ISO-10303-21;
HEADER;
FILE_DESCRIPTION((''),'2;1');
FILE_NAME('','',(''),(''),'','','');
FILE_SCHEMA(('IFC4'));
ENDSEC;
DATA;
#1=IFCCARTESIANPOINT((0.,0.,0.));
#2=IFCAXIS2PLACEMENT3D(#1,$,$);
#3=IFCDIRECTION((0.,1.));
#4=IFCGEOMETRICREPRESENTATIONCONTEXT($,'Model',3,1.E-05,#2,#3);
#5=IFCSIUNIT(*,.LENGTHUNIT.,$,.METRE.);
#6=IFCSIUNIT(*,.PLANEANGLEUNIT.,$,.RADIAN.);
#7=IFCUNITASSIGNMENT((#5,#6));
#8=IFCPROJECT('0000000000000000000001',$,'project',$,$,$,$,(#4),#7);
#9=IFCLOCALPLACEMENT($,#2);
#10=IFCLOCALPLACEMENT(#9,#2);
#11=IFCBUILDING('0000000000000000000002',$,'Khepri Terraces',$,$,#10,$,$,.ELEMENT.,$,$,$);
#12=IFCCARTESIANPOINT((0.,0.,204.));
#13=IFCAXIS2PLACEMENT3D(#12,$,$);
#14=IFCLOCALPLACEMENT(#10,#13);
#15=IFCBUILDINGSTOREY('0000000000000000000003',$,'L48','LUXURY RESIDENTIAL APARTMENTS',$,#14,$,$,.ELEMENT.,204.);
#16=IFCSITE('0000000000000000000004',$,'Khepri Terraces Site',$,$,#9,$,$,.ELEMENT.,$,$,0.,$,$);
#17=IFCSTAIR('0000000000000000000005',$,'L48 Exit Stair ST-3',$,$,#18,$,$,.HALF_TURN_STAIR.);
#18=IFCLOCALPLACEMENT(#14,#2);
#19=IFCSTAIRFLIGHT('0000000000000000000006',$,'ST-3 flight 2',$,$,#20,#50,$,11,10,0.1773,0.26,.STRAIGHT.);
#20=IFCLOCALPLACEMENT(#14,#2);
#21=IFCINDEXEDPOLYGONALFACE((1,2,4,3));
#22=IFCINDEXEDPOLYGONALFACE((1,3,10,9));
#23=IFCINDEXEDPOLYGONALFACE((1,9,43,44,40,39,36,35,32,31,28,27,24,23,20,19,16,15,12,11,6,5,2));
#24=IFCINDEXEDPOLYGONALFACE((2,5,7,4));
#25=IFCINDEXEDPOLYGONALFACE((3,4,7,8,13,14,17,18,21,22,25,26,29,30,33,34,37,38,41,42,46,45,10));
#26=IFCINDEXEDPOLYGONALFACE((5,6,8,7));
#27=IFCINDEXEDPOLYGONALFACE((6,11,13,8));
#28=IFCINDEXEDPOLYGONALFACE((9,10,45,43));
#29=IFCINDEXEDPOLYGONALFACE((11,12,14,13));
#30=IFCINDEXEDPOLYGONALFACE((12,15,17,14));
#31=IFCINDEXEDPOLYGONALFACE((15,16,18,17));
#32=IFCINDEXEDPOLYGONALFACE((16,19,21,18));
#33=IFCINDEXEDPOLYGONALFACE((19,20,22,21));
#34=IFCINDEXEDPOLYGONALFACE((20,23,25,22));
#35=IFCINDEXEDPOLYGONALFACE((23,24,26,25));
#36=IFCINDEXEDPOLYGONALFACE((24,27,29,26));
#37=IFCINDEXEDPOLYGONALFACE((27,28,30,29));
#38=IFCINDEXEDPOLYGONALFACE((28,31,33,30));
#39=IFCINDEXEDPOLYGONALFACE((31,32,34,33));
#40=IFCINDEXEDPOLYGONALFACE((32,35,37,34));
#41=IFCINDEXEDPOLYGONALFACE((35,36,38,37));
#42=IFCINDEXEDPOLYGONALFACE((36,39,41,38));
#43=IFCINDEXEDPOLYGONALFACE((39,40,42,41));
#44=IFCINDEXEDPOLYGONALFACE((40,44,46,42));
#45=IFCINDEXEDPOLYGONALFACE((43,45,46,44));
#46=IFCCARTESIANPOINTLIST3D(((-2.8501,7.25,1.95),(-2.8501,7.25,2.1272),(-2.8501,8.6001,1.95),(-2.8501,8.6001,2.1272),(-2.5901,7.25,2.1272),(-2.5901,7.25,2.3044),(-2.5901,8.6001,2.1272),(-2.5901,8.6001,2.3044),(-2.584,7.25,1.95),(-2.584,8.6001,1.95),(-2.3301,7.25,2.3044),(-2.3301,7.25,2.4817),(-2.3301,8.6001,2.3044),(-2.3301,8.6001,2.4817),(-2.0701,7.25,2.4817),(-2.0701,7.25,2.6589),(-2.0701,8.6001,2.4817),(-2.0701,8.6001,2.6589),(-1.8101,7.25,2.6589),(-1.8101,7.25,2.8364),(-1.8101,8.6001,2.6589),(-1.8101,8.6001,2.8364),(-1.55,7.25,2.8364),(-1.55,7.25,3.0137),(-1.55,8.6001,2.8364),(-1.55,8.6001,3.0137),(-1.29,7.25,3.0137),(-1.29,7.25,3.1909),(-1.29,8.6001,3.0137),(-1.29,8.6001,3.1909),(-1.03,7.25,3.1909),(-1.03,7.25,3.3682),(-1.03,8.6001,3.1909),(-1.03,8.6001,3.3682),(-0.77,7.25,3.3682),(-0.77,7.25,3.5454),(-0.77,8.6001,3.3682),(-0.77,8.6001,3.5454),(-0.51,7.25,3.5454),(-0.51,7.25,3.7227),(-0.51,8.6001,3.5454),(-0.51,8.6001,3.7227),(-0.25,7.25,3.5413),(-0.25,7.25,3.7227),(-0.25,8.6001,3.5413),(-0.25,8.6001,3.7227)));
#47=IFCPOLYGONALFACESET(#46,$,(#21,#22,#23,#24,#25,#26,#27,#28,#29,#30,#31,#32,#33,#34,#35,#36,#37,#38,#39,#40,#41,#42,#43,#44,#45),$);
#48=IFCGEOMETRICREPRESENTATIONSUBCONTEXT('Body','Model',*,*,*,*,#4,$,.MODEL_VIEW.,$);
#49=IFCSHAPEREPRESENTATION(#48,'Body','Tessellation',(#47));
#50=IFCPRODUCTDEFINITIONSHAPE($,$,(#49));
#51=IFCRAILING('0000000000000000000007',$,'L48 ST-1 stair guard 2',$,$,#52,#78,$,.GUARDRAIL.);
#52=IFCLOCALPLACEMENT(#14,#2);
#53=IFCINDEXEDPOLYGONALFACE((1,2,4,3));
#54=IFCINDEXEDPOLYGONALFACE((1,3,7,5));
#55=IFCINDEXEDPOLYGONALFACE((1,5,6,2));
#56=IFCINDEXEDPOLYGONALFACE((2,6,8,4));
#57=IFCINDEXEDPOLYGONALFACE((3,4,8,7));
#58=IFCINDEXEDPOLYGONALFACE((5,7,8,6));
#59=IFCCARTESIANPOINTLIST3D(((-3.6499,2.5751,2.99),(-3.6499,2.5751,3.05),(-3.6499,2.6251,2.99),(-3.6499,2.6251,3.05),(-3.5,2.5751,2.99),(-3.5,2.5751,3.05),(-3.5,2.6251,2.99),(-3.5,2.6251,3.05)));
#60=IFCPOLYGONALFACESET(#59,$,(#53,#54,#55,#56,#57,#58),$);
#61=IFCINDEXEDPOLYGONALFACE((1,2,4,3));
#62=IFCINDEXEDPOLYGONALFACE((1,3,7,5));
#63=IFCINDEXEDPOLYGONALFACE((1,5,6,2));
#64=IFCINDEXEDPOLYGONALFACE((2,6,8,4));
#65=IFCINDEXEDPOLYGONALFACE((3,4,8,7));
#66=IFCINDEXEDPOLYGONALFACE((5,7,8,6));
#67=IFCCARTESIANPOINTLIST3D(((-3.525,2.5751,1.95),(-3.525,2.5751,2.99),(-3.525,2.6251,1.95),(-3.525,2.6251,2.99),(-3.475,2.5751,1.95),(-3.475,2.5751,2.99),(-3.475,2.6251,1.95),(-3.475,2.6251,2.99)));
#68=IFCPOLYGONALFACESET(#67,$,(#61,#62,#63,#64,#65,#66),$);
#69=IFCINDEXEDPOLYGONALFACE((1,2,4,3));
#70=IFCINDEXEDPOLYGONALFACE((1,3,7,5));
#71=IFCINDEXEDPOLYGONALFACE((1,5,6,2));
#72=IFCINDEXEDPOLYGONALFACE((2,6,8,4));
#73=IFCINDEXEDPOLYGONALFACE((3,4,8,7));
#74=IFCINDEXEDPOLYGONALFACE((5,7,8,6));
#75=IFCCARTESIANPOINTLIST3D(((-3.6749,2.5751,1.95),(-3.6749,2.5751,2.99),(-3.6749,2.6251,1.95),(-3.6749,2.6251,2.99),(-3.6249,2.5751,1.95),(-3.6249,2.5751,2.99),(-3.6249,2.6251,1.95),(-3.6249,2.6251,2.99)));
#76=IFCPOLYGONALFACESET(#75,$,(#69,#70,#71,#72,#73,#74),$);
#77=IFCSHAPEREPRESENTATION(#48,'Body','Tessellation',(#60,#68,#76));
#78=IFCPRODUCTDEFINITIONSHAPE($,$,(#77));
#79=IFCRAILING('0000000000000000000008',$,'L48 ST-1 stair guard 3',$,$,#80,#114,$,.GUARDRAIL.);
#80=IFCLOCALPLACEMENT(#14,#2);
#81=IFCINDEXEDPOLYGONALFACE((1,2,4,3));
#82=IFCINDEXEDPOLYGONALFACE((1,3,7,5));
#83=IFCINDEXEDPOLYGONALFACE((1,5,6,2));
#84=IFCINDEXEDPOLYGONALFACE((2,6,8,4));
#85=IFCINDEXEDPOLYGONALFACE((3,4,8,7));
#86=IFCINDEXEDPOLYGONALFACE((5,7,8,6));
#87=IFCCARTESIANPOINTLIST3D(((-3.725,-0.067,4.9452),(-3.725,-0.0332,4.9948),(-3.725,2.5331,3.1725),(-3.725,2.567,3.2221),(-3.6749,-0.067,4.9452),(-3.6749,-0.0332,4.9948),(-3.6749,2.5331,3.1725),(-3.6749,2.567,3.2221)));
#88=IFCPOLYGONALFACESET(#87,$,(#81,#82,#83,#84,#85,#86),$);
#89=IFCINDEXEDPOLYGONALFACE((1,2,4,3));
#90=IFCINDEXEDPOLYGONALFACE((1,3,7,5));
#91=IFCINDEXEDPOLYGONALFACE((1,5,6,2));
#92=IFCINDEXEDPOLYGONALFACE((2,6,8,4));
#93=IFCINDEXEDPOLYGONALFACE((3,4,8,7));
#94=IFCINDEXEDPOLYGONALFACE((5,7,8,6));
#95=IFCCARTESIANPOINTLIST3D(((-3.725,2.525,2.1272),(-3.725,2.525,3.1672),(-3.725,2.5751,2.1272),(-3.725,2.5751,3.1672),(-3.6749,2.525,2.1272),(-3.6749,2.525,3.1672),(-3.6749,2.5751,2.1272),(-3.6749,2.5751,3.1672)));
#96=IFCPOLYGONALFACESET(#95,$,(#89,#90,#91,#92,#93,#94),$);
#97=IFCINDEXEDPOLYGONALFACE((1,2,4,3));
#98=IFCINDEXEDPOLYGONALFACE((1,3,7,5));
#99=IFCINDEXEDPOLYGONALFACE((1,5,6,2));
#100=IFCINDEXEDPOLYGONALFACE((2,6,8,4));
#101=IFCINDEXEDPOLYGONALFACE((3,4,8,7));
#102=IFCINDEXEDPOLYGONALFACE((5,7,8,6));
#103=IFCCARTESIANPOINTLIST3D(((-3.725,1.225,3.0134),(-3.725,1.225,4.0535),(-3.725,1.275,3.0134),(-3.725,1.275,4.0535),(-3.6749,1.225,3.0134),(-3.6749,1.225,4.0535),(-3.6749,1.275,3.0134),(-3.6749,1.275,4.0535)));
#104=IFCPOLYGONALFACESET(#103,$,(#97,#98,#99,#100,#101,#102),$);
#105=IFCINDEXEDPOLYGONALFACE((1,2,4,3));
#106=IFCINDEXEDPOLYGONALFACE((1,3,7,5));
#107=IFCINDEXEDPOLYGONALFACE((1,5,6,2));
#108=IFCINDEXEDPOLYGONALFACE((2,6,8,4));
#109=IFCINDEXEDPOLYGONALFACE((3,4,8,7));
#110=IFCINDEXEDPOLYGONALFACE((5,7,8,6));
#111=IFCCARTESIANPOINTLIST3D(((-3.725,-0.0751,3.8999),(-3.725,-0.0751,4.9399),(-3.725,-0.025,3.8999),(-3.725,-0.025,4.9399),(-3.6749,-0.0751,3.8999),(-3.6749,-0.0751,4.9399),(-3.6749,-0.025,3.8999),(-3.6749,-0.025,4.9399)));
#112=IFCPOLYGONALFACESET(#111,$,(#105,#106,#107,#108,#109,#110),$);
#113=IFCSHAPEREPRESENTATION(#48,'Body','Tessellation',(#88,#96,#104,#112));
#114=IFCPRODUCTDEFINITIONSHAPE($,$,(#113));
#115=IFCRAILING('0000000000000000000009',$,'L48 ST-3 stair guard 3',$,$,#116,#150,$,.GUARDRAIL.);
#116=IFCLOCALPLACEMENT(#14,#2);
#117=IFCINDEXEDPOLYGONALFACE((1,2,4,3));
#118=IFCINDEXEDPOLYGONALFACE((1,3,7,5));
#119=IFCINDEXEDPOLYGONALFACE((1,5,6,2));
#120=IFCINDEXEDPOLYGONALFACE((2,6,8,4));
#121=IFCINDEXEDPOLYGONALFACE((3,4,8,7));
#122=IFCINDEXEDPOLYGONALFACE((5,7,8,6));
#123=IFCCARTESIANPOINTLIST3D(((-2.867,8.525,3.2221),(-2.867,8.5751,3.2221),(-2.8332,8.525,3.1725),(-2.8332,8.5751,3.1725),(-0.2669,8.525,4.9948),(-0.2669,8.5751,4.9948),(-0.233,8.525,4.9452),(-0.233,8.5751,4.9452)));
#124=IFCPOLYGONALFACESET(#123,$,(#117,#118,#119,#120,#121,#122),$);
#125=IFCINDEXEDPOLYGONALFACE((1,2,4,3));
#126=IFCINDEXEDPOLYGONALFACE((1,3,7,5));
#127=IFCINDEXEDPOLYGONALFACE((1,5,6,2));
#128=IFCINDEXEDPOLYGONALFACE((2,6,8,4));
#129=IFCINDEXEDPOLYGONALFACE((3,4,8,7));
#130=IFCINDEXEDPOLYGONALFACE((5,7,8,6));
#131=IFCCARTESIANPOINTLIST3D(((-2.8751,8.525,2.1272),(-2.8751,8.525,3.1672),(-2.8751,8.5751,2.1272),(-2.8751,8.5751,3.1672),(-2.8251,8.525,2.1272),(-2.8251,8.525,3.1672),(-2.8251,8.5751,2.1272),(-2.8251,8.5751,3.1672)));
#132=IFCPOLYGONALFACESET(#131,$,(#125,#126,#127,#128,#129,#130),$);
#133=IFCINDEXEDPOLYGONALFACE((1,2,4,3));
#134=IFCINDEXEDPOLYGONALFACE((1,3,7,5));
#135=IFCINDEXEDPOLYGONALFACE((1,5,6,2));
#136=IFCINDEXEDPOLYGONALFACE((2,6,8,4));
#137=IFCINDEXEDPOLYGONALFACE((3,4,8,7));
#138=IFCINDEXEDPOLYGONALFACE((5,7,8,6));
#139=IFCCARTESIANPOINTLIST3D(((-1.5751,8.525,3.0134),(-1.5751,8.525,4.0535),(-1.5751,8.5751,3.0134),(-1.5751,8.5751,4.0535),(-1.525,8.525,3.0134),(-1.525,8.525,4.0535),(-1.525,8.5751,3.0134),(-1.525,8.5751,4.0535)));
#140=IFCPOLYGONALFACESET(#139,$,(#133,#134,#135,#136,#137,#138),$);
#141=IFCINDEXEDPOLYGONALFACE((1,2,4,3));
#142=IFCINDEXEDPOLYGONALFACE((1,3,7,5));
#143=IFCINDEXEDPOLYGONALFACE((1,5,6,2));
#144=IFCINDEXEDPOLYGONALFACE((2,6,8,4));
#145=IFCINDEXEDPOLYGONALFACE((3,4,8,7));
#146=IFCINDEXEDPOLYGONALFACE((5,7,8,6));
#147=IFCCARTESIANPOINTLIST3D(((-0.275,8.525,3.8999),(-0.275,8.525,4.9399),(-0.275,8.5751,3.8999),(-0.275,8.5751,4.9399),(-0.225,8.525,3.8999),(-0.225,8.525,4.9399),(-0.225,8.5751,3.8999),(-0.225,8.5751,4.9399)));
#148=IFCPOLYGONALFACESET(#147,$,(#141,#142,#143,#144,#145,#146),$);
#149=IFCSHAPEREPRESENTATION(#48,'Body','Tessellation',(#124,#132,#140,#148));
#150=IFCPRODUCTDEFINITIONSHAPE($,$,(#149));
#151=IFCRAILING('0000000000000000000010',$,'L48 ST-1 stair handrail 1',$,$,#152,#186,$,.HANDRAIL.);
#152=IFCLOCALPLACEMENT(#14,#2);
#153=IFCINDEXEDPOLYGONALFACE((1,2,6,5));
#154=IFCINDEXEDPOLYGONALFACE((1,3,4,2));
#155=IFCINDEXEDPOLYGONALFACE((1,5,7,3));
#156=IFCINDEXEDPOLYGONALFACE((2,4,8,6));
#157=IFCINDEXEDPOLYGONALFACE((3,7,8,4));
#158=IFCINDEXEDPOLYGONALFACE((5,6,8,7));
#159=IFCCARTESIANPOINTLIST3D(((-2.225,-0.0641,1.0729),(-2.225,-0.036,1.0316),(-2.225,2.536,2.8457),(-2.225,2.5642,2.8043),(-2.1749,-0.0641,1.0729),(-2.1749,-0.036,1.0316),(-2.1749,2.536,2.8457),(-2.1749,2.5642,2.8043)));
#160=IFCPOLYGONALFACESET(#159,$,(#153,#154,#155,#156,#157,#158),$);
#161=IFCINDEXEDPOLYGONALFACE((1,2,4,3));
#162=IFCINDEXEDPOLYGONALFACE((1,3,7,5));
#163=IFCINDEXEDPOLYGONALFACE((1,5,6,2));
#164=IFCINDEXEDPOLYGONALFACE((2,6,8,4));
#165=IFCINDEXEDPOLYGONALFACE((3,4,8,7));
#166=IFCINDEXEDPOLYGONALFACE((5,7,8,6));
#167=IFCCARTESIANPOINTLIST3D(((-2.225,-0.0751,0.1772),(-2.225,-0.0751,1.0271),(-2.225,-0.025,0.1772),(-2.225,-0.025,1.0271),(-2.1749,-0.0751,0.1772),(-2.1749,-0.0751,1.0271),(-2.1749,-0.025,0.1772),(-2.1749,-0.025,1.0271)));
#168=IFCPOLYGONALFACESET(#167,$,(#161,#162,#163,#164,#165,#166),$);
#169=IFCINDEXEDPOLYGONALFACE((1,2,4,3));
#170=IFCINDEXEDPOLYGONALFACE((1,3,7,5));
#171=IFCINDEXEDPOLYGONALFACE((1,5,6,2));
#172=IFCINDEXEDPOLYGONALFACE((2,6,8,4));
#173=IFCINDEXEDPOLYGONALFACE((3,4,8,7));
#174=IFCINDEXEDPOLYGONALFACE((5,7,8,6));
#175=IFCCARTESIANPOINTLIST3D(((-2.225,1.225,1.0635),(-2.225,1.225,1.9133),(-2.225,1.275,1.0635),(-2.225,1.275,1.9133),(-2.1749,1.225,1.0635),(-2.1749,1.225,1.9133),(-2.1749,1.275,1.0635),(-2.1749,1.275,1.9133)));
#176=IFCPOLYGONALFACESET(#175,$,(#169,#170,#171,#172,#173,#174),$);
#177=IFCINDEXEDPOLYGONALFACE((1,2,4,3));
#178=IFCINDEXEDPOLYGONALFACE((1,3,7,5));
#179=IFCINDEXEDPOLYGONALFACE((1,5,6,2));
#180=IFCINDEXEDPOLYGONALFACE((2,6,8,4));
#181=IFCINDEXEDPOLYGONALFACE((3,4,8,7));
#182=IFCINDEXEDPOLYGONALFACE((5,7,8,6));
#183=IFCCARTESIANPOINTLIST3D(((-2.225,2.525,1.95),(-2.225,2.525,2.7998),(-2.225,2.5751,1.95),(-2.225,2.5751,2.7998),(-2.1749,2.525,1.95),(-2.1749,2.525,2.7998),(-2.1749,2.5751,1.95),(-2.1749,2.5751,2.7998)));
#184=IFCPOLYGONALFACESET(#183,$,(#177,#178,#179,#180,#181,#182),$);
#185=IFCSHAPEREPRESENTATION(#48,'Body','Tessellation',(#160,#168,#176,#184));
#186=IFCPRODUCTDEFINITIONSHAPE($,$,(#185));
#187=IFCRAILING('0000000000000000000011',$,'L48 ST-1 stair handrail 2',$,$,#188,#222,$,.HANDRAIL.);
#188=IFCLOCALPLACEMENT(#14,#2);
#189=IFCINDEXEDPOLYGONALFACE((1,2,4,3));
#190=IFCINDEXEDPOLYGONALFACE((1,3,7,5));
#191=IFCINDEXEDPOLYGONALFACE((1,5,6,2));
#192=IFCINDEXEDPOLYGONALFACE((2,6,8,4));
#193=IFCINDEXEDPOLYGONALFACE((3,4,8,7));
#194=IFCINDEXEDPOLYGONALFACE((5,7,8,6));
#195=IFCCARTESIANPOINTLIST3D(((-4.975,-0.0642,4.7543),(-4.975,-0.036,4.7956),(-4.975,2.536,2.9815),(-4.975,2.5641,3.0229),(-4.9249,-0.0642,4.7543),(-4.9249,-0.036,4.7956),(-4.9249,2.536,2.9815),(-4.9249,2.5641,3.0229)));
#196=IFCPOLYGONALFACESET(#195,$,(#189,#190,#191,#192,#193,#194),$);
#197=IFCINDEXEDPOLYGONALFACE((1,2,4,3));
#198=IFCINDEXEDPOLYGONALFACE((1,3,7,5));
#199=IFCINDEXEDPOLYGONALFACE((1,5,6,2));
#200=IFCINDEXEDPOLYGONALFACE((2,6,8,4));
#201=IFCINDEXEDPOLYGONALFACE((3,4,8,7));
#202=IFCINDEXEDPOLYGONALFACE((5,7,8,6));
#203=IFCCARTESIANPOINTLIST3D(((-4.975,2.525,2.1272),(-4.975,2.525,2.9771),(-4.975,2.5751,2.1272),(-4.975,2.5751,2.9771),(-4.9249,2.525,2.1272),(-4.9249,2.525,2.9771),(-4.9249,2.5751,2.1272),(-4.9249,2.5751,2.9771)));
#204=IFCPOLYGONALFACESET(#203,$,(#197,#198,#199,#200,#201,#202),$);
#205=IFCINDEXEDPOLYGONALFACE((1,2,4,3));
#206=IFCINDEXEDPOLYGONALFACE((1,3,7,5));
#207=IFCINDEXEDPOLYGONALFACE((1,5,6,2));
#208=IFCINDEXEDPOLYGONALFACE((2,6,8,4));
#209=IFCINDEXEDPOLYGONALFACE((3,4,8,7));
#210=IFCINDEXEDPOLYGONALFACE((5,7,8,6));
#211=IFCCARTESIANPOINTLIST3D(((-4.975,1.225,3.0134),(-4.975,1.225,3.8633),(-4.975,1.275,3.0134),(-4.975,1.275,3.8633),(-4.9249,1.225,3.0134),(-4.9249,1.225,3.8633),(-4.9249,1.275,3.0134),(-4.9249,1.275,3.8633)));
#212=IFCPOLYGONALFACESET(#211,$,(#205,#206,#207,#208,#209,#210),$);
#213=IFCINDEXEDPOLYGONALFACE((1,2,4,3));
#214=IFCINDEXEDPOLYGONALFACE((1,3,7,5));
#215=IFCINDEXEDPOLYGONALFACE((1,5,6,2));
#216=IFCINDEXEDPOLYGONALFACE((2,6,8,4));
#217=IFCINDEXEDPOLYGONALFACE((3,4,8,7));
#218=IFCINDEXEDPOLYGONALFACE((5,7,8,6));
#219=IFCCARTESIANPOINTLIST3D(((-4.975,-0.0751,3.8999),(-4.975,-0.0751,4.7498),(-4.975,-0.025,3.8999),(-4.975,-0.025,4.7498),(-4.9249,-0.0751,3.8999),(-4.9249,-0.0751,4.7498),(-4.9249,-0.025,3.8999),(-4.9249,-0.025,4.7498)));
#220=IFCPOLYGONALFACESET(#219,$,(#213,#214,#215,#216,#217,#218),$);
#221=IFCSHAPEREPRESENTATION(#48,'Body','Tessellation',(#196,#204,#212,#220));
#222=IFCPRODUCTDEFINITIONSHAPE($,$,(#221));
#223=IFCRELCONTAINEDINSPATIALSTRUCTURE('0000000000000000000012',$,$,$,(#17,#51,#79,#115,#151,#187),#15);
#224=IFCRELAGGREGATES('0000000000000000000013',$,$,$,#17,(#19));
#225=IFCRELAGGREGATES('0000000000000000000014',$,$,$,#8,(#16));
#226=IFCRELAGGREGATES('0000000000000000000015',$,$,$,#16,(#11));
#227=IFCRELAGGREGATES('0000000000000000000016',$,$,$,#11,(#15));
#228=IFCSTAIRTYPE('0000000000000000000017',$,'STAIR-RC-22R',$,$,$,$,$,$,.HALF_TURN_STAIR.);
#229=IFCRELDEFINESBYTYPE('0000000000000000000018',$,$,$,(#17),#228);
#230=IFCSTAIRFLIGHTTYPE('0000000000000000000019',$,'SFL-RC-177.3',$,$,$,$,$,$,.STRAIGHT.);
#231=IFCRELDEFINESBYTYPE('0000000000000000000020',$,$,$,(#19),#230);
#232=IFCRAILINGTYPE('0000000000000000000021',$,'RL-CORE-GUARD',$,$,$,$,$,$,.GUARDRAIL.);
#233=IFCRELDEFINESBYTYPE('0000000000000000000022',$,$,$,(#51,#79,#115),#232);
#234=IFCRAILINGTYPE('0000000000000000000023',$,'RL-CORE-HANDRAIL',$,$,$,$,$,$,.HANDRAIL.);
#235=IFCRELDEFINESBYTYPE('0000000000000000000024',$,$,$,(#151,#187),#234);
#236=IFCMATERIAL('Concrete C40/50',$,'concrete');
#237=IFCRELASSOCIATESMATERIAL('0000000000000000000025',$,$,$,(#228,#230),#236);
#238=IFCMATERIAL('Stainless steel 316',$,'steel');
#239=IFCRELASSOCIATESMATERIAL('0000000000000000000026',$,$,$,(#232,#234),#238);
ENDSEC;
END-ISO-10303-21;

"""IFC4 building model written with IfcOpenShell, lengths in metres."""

from ifc_helpers import new_model, si_unit, direction, frame, origin, origin_2d, place, context, subcontext, project, spatial, polyline, rectangle, outline, extrude, material, type_object, element, aggregate, save


model = new_model("IFC4")

# Units and contexts
model_context = context("Model", 3, precision=1e-05, world=origin(), true_north=direction((0.0, 1.0)))
body_context = subcontext(model_context, "Body", "Model", "MODEL_VIEW")
ifc_project = project(units=[si_unit("LENGTHUNIT", "METRE"), si_unit("PLANEANGLEUNIT", "RADIAN")], contexts=[model_context])

# Site, building, storey
site_placement = place(None, origin())
site = spatial("IfcSite", under=ifc_project, at=site_placement, Name="Khepri Terraces Site", CompositionType="ELEMENT", RefElevation=0.0)
building_placement = place(site_placement, origin())
building = spatial("IfcBuilding", under=site, at=building_placement, Name="Khepri Terraces", CompositionType="ELEMENT")
storey_placement = place(building_placement, frame((0.0, 0.0, 204.0)))
storey = spatial("IfcBuildingStorey", under=building, at=storey_placement, Name="L48", Description="LUXURY RESIDENTIAL APARTMENTS", CompositionType="ELEMENT", Elevation=204.0)

# Stair, stair flight
ifc_material_1 = material(Name="Concrete C40/50", Category="concrete")
stair_type = type_object("IfcStairType", Name="STAIR-RC-22R", PredefinedType="HALF_TURN_STAIR", material=ifc_material_1)
stair_flight_type = type_object("IfcStairFlightType", Name="SFL-RC-177.3", PredefinedType="STRAIGHT", material=ifc_material_1)
stair_1_placement = place(storey_placement, origin())
stair_1 = element("IfcStair", 1, at=stair_1_placement, inside=storey, type_object=stair_type, Name="L48 Exit Stair ST-3", PredefinedType="HALF_TURN_STAIR")
stair_flight_1_placement = place(storey_placement, frame((-2.8501, 7.925, 1.95), z_axis=(0.0, 0.0, 1.0), x_axis=(1.0, 0.0, 0.0)))
stair_flight_1 = element("IfcStairFlight", 2, at=stair_flight_1_placement, type_object=stair_flight_type, Name="ST-3 flight 2", NumberOfRisers=11, NumberOfTreads=10, PredefinedType="STRAIGHT", RiserHeight=0.1773, TreadLength=0.26, context=body_context, shape_type="SweptSolid", body=[
    extrude(outline(polyline([(0.0, 0.0), (0.0, 0.1772), (0.26, 0.1772), (0.26, 0.3545), (0.52, 0.3545), (0.52, 0.5317), (0.78, 0.5317), (0.78, 0.709), (1.04, 0.709), (1.04, 0.8865), (1.3, 0.8865), (1.3, 1.0637), (1.5601, 1.0637), (1.5601, 1.241), (1.8201, 1.241), (1.8201, 1.4182), (2.0801, 1.4182), (2.0801, 1.5955), (2.3401, 1.5955), (2.3401, 1.7727), (2.6001, 1.7727), (2.6001, 1.95), (2.6001, 1.5913), (0.2661, 0.0), (0.0, 0.0)])), frame((0.0, 0.675, 0.0), z_axis=(0.0, -1.0, 0.0), x_axis=(1.0, 0.0, 0.0)), (0.0, 0.0, 1.0), 1.3501),
])
aggregate(stair_1, [stair_flight_1])

# Railings
ifc_material_2 = material(Name="Stainless steel 316", Category="steel")
railing_type_1 = type_object("IfcRailingType", Name="RL-CORE-GUARD", PredefinedType="GUARDRAIL", material=ifc_material_2)
railing_1_placement = place(storey_placement, frame((-3.5, 2.6001, 1.95)))
element("IfcRailing", 3, at=railing_1_placement, inside=storey, type_object=railing_type_1, Name="L48 ST-1 stair guard 2", PredefinedType="GUARDRAIL", context=body_context, shape_type="SweptSolid", body=[
    extrude(rectangle(XDim=0.05, YDim=0.0601, at=origin_2d()), frame((0.0, 0.0, 1.0701), z_axis=(-1.0, 0.0, 0.0), x_axis=(0.0, -1.0, 0.0)), (0.0, 0.0, 1.0), 0.1499),
    extrude(rectangle(XDim=0.05, YDim=0.05, at=origin_2d()), origin(), (0.0, 0.0, 1.0), 1.04),
    extrude(rectangle(XDim=0.05, YDim=0.05, at=origin_2d()), frame((-0.1499, 0.0, 0.0)), (0.0, 0.0, 1.0), 1.04),
])
railing_2_placement = place(storey_placement, frame((-3.7, 2.55, 2.1272)))
element("IfcRailing", 4, at=railing_2_placement, inside=storey, type_object=railing_type_1, Name="L48 ST-1 stair guard 3", PredefinedType="GUARDRAIL", context=body_context, shape_type="SweptSolid", body=[
    extrude(rectangle(XDim=0.05, YDim=0.0601, at=origin_2d()), frame((0.0, 0.0, 1.0701), z_axis=(0.0, -0.82624, 0.563318), x_axis=(1.0, 0.0, 0.0)), (0.0, 0.0, 1.0), 3.147),
    extrude(rectangle(XDim=0.05, YDim=0.05, at=origin_2d()), origin(), (0.0, 0.0, 1.0), 1.04),
    extrude(rectangle(XDim=0.05, YDim=0.05, at=origin_2d()), frame((0.0, -1.3, 0.8862)), (0.0, 0.0, 1.0), 1.04),
    extrude(rectangle(XDim=0.05, YDim=0.05, at=origin_2d()), frame((0.0, -2.6001, 1.7727)), (0.0, 0.0, 1.0), 1.04),
])
railing_3_placement = place(storey_placement, frame((-2.8501, 8.55, 2.1272)))
element("IfcRailing", 5, at=railing_3_placement, inside=storey, type_object=railing_type_1, Name="L48 ST-3 stair guard 3", PredefinedType="GUARDRAIL", context=body_context, shape_type="SweptSolid", body=[
    extrude(rectangle(XDim=0.05, YDim=0.0601, at=origin_2d()), frame((0.0, 0.0, 1.0701), z_axis=(0.82624, 0.0, 0.563318), x_axis=(0.0, 1.0, 0.0)), (0.0, 0.0, 1.0), 3.147),
    extrude(rectangle(XDim=0.05, YDim=0.05, at=origin_2d()), origin(), (0.0, 0.0, 1.0), 1.04),
    extrude(rectangle(XDim=0.05, YDim=0.05, at=origin_2d()), frame((1.3, 0.0, 0.8862)), (0.0, 0.0, 1.0), 1.04),
    extrude(rectangle(XDim=0.05, YDim=0.05, at=origin_2d()), frame((2.6001, 0.0, 1.7727)), (0.0, 0.0, 1.0), 1.04),
])
railing_type_2 = type_object("IfcRailingType", Name="RL-CORE-HANDRAIL", PredefinedType="HANDRAIL", material=ifc_material_2)
railing_4_placement = place(storey_placement, frame((-2.2, -0.05, 0.1772)))
element("IfcRailing", 6, at=railing_4_placement, inside=storey, type_object=railing_type_2, Name="L48 ST-1 stair handrail 1", PredefinedType="HANDRAIL", context=body_context, shape_type="SweptSolid", body=[
    extrude(rectangle(XDim=0.05, YDim=0.05, at=origin_2d()), frame((0.0, 0.0, 0.875), z_axis=(0.0, 0.82624, 0.563318), x_axis=(-1.0, 0.0, 0.0)), (0.0, 0.0, 1.0), 3.147),
    extrude(rectangle(XDim=0.05, YDim=0.05, at=origin_2d()), origin(), (0.0, 0.0, 1.0), 0.8499),
    extrude(rectangle(XDim=0.05, YDim=0.05, at=origin_2d()), frame((0.0, 1.3, 0.8862)), (0.0, 0.0, 1.0), 0.8499),
    extrude(rectangle(XDim=0.05, YDim=0.05, at=origin_2d()), frame((0.0, 2.6001, 1.7727)), (0.0, 0.0, 1.0), 0.8499),
])
railing_5_placement = place(storey_placement, frame((-4.95, 2.55, 2.1272)))
element("IfcRailing", 7, at=railing_5_placement, inside=storey, type_object=railing_type_2, Name="L48 ST-1 stair handrail 2", PredefinedType="HANDRAIL", context=body_context, shape_type="SweptSolid", body=[
    extrude(rectangle(XDim=0.05, YDim=0.05, at=origin_2d()), frame((0.0, 0.0, 0.875), z_axis=(0.0, -0.82624, 0.563318), x_axis=(1.0, 0.0, 0.0)), (0.0, 0.0, 1.0), 3.147),
    extrude(rectangle(XDim=0.05, YDim=0.05, at=origin_2d()), origin(), (0.0, 0.0, 1.0), 0.8499),
    extrude(rectangle(XDim=0.05, YDim=0.05, at=origin_2d()), frame((0.0, -1.3, 0.8862)), (0.0, 0.0, 1.0), 0.8499),
    extrude(rectangle(XDim=0.05, YDim=0.05, at=origin_2d()), frame((0.0, -2.6001, 1.7727)), (0.0, 0.0, 1.0), 0.8499),
])

save(model, "model.ifc")
